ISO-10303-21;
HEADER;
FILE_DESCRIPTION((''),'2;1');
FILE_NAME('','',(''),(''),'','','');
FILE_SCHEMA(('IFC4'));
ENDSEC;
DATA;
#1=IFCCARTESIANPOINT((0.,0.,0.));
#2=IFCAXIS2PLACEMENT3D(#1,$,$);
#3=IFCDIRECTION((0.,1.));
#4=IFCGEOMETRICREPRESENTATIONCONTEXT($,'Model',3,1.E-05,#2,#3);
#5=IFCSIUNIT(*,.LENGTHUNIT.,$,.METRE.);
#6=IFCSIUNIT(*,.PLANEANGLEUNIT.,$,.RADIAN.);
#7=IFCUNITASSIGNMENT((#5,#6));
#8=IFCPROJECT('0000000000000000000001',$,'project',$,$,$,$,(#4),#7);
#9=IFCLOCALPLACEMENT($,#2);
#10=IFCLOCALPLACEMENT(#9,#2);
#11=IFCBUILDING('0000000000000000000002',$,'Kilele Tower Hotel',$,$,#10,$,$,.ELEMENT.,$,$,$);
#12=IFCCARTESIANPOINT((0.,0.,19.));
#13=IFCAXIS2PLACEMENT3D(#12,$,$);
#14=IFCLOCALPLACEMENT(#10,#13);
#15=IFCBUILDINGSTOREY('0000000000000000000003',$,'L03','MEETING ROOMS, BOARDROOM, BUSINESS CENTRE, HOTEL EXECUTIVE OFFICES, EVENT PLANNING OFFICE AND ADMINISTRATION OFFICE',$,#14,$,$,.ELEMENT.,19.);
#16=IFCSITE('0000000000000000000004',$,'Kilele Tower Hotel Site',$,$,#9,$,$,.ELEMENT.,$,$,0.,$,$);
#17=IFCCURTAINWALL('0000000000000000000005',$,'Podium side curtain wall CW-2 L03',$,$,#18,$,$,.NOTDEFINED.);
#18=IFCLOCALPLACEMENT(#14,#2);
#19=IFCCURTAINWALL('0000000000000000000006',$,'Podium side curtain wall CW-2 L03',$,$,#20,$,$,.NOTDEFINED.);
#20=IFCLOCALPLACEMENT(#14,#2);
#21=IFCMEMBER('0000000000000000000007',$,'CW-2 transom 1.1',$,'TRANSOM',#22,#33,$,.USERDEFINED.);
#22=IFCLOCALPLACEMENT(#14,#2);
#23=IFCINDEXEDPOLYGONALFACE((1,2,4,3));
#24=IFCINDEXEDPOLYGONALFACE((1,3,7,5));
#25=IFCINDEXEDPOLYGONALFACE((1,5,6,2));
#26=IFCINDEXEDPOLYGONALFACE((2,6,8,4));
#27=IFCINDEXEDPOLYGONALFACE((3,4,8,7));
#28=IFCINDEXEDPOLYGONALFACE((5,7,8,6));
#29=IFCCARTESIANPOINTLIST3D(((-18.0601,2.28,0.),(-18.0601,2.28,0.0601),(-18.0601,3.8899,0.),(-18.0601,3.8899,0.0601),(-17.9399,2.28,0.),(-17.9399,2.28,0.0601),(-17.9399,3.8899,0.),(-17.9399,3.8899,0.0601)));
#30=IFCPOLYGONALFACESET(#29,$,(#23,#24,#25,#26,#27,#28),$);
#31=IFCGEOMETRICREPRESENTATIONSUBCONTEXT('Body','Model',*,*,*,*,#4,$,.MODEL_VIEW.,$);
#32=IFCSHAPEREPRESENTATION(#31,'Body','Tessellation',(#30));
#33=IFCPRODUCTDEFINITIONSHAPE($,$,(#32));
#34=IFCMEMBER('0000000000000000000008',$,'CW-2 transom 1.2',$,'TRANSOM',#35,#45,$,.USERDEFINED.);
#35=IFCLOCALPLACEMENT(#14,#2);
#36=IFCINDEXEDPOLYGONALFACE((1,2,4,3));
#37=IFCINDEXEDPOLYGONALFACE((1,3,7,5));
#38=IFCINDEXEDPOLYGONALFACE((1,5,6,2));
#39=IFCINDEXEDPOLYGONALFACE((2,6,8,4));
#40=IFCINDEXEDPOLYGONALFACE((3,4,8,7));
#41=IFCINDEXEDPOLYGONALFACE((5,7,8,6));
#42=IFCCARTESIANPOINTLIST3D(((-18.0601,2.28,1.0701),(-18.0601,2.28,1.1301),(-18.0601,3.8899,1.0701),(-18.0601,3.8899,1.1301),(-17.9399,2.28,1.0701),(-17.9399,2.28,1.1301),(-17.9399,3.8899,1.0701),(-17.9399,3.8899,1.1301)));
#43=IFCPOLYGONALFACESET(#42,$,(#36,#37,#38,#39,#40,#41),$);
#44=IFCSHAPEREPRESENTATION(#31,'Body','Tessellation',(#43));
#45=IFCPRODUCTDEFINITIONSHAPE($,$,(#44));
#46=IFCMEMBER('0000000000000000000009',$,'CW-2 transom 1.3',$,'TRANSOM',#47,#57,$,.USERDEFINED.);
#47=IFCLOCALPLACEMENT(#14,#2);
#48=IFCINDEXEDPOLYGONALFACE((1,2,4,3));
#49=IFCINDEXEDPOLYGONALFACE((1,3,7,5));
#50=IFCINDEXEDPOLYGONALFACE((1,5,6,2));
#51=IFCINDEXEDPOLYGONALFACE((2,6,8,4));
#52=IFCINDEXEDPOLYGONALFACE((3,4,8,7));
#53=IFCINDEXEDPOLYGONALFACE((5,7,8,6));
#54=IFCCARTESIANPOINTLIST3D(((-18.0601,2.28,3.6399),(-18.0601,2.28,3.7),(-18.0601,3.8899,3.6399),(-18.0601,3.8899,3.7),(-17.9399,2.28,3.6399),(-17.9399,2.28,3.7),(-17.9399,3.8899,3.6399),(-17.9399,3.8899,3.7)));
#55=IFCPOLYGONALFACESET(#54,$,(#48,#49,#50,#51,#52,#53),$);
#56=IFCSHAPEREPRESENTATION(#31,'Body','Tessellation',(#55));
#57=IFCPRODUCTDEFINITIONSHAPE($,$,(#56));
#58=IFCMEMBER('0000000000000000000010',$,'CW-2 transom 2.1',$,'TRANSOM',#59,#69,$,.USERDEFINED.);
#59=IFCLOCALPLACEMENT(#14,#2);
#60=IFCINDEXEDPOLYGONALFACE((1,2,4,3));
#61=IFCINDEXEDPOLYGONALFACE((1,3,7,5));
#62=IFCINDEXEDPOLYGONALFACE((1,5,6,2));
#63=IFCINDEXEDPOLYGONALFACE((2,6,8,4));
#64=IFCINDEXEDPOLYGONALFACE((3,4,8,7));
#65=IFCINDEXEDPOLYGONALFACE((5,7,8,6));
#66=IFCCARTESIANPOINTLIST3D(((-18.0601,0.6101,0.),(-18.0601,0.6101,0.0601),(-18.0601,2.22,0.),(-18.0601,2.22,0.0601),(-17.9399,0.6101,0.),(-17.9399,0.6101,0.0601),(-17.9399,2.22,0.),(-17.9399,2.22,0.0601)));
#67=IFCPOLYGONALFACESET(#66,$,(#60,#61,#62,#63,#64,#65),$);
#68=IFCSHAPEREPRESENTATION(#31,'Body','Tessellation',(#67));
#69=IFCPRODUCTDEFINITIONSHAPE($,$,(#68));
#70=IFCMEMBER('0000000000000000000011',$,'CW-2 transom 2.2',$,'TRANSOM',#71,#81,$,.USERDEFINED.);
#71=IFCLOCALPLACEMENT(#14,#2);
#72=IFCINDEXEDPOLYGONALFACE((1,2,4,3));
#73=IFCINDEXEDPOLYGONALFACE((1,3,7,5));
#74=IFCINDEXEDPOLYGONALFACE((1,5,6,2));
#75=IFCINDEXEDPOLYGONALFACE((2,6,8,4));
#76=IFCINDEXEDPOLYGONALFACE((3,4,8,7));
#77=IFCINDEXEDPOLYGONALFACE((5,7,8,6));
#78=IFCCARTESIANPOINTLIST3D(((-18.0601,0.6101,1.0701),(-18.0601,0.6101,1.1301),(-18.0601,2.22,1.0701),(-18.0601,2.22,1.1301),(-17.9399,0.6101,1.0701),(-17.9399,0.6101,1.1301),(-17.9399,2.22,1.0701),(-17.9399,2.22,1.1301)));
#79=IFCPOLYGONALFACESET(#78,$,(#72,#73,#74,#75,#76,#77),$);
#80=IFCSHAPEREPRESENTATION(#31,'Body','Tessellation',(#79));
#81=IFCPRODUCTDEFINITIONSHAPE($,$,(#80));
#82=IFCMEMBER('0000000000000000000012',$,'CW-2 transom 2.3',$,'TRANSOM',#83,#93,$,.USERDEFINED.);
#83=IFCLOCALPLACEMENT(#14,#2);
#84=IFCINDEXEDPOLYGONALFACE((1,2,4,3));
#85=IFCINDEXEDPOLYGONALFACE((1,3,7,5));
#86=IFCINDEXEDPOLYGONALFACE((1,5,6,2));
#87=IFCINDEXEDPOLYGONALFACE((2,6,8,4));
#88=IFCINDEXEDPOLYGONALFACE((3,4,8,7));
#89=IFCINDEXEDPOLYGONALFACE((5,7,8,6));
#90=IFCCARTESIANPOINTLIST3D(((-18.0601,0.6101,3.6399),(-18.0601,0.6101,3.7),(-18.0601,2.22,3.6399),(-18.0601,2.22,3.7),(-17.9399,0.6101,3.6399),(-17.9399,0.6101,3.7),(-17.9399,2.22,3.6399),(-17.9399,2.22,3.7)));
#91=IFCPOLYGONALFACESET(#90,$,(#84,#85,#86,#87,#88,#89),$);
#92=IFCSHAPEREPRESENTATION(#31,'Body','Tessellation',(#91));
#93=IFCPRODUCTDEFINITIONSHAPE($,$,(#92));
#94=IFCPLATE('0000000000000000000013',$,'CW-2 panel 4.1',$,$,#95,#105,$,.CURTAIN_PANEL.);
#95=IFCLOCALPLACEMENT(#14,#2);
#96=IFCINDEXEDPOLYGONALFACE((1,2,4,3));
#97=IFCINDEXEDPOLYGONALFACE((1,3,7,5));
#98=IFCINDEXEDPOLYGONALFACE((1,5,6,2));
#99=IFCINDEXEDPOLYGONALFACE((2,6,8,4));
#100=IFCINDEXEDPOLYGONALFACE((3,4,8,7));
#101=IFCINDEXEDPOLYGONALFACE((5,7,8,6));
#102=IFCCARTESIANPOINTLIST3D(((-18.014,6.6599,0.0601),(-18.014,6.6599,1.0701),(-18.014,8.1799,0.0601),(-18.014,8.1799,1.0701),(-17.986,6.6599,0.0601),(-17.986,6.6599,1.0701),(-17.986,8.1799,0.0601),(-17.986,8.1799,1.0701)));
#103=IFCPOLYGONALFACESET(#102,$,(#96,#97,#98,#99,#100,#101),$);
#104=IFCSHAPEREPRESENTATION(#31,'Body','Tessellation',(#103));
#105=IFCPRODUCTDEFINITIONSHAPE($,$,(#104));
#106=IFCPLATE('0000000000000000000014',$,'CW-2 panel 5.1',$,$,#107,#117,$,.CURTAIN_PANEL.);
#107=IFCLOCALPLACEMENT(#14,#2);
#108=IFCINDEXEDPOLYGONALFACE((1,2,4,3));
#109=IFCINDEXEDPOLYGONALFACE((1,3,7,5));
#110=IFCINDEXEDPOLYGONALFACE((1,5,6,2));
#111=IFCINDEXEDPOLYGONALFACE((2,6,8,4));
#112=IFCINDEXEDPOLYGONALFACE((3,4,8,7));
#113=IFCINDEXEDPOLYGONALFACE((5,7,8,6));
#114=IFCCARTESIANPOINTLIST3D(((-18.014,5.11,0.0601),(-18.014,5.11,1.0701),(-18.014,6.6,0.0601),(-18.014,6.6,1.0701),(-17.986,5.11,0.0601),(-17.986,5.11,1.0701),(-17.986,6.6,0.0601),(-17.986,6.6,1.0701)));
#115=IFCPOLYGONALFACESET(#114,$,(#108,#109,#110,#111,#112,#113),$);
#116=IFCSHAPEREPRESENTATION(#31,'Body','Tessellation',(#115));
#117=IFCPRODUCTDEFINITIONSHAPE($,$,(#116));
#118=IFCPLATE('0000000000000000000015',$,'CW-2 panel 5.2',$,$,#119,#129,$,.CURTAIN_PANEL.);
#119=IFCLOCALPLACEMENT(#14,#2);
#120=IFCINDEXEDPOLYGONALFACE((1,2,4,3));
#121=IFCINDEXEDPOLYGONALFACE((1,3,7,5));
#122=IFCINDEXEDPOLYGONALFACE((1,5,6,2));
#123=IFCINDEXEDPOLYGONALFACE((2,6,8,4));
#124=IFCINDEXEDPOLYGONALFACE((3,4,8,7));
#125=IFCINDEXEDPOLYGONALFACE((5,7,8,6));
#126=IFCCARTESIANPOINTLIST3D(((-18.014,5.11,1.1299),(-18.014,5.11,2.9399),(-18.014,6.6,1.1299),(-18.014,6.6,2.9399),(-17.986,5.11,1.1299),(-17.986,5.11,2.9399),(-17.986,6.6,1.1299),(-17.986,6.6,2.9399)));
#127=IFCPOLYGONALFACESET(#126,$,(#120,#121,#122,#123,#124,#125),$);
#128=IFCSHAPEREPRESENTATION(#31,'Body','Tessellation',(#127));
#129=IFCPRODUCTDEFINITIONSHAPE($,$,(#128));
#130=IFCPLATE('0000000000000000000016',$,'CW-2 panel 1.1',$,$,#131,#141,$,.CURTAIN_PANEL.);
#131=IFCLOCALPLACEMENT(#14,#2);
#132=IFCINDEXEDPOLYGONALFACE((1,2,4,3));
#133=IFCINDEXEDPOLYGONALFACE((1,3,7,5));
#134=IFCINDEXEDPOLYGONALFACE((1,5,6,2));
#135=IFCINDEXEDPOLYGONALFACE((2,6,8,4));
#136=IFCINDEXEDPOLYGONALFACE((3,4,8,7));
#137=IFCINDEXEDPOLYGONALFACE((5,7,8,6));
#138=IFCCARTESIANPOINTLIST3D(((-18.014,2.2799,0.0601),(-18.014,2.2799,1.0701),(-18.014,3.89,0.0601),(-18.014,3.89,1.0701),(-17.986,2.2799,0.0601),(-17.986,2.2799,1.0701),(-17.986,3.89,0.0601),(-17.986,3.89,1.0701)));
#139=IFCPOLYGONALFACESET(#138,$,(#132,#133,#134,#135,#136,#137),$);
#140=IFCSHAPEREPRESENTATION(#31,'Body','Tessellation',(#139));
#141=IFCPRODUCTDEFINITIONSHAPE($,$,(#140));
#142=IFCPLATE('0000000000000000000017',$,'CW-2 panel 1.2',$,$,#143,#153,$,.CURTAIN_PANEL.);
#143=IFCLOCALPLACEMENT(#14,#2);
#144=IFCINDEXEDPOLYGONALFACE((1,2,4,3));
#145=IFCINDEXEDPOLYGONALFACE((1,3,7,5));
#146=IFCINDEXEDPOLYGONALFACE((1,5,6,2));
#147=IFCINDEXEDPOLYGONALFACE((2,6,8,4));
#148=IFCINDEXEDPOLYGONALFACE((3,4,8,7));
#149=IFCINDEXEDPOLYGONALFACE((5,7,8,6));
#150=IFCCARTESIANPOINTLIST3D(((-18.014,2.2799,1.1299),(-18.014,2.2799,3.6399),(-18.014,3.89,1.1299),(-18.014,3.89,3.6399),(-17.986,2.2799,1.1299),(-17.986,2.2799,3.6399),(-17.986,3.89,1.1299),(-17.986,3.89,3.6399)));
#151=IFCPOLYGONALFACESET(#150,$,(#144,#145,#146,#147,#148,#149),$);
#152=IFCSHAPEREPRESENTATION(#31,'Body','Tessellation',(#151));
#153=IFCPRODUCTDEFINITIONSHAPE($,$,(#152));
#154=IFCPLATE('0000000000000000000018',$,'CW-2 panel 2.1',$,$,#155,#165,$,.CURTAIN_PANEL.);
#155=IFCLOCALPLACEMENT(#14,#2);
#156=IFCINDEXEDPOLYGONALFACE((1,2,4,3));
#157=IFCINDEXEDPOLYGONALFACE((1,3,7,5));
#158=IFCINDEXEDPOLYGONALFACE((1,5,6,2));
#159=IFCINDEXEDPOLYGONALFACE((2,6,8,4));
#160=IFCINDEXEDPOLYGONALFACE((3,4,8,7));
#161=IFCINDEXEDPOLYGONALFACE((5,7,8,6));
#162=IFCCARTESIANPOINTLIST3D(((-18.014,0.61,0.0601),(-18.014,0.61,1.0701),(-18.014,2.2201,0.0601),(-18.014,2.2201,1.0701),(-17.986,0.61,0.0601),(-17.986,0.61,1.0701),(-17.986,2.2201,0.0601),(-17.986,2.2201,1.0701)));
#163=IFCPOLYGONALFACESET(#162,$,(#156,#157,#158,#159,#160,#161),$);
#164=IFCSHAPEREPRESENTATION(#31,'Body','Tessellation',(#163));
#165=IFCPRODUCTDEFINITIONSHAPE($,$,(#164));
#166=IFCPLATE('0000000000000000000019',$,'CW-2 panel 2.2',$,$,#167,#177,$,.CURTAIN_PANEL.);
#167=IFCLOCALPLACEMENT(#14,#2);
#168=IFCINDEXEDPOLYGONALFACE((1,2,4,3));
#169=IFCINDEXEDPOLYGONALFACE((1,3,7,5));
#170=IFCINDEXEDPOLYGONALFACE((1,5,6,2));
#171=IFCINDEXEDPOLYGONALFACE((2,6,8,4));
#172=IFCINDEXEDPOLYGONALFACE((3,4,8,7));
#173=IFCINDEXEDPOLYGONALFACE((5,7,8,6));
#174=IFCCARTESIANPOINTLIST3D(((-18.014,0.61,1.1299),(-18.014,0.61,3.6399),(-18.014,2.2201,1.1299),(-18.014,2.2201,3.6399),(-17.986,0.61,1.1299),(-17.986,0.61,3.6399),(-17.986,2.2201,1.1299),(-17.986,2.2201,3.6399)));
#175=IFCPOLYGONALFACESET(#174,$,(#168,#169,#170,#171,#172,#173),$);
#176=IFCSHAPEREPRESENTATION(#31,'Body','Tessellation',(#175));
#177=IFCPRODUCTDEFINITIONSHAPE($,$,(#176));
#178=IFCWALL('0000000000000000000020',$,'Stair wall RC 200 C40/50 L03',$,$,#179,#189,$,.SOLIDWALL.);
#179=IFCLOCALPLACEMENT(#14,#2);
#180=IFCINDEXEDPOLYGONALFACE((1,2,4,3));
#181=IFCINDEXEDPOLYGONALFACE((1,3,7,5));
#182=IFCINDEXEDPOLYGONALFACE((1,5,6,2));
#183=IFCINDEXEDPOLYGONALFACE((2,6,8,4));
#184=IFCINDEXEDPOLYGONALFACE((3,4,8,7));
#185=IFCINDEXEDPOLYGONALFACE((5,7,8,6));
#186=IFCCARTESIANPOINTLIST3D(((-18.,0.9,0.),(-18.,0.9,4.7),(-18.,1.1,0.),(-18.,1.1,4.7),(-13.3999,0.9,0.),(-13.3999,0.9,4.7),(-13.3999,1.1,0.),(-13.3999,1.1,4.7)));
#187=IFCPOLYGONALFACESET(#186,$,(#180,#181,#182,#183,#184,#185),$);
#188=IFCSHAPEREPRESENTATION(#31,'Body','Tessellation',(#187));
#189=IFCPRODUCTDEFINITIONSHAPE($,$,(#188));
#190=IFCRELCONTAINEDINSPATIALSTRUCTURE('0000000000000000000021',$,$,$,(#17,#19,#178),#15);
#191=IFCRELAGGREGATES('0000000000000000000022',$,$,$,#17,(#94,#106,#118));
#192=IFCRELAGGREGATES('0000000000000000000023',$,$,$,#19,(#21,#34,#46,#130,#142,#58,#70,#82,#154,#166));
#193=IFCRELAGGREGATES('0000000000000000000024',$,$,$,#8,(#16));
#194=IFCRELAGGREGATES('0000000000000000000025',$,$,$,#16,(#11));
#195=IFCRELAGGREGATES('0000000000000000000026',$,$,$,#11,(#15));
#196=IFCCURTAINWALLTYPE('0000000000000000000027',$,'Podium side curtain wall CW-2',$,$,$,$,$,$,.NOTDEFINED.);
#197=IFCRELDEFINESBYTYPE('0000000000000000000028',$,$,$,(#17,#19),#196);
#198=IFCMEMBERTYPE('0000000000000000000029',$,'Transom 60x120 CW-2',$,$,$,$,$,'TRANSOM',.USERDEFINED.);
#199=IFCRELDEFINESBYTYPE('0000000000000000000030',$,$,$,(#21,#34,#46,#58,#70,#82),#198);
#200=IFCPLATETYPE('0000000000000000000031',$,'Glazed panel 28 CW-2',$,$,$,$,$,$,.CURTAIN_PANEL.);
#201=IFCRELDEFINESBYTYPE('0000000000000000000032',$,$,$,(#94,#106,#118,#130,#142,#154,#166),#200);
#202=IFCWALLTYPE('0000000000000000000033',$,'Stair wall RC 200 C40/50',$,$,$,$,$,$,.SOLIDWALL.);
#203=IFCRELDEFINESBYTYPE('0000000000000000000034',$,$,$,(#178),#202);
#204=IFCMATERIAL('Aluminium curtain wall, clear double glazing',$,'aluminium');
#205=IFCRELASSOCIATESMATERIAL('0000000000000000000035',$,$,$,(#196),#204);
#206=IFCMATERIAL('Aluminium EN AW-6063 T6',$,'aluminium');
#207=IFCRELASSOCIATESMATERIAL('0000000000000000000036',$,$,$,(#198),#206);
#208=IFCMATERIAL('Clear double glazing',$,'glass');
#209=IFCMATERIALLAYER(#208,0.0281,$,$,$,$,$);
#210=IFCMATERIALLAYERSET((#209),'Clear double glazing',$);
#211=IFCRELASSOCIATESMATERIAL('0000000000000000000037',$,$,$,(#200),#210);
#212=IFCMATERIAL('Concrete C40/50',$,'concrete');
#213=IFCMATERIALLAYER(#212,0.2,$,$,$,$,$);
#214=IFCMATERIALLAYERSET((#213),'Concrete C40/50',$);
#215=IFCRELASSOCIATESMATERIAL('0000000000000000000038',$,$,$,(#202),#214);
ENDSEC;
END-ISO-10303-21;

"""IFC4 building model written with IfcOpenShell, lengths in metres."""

from ifc_helpers import new_model, si_unit, direction, frame, frame_2d, origin, origin_2d, place, context, subcontext, project, spatial, rectangle, extrude, material, layer, layer_set, material_profile, profile_set, type_object, element, aggregate, save


model = new_model("IFC4")

# Units and contexts
model_context = context("Model", 3, precision=1e-05, world=origin(), true_north=direction((0.0, 1.0)))
body_context = subcontext(model_context, "Body", "Model", "MODEL_VIEW")
ifc_project = project(units=[si_unit("LENGTHUNIT", "METRE"), si_unit("PLANEANGLEUNIT", "RADIAN")], contexts=[model_context])

# Site, building, storey
site_placement = place(None, origin())
site = spatial("IfcSite", under=ifc_project, at=site_placement, Name="Kilele Tower Hotel Site", CompositionType="ELEMENT", RefElevation=0.0)
building_placement = place(site_placement, origin())
building = spatial("IfcBuilding", under=site, at=building_placement, Name="Kilele Tower Hotel", CompositionType="ELEMENT")
storey_placement = place(building_placement, frame((0.0, 0.0, 19.0)))
storey = spatial("IfcBuildingStorey", under=building, at=storey_placement, Name="L03", Description="MEETING ROOMS, BOARDROOM, BUSINESS CENTRE, HOTEL EXECUTIVE OFFICES, EVENT PLANNING OFFICE AND ADMINISTRATION OFFICE", CompositionType="ELEMENT", Elevation=19.0)

# Curtain walls
ifc_material_1 = material(Name="Aluminium curtain wall, clear double glazing", Category="aluminium")
curtain_wall_type = type_object("IfcCurtainWallType", Name="Podium side curtain wall CW-2", PredefinedType="NOTDEFINED", material=ifc_material_1)
curtain_wall_1_placement = place(storey_placement, origin())
curtain_wall_1 = element("IfcCurtainWall", 1, at=curtain_wall_1_placement, inside=storey, type_object=curtain_wall_type, Name="Podium side curtain wall CW-2 L03", PredefinedType="NOTDEFINED")
curtain_wall_2_placement = place(storey_placement, origin())
curtain_wall_2 = element("IfcCurtainWall", 2, at=curtain_wall_2_placement, inside=storey, type_object=curtain_wall_type, Name="Podium side curtain wall CW-2 L03", PredefinedType="NOTDEFINED")

# Members
ifc_material_2 = material(Name="Aluminium EN AW-6063 T6", Category="aluminium")
ifc_material_profile_1 = material_profile(ifc_material_2, rectangle(XDim=0.1201, YDim=0.0601, at=origin_2d()))
ifc_profile_set_1 = profile_set([ifc_material_profile_1], Name="Aluminium EN AW-6063 T6")
member_type_1 = type_object("IfcMemberType", Name="Transom 60x120 CW-2", ElementType="TRANSOM", PredefinedType="USERDEFINED", material=ifc_profile_set_1)
member_1_placement = place(storey_placement, frame((-18.0, 3.8899, 0.03), z_axis=(0.0, -1.0, 0.0), x_axis=(1.0, 0.0, 0.0)))
member_1 = element("IfcMember", 3, at=member_1_placement, type_object=member_type_1, Name="CW-2 transom 1.1", ObjectType="TRANSOM", PredefinedType="USERDEFINED", context=body_context, shape_type="SweptSolid", body=[
    extrude(rectangle(XDim=0.1201, YDim=0.0601, at=origin_2d()), origin(), (0.0, 0.0, 1.0), 1.6099),
])
member_2_placement = place(storey_placement, frame((-18.0, 3.8899, 1.1001), z_axis=(0.0, -1.0, 0.0), x_axis=(1.0, 0.0, 0.0)))
member_2 = element("IfcMember", 4, at=member_2_placement, type_object=member_type_1, Name="CW-2 transom 1.2", ObjectType="TRANSOM", PredefinedType="USERDEFINED", context=body_context, shape_type="SweptSolid", body=[
    extrude(rectangle(XDim=0.1201, YDim=0.0601, at=origin_2d()), origin(), (0.0, 0.0, 1.0), 1.6099),
])
member_3_placement = place(storey_placement, frame((-18.0, 3.8899, 3.6699), z_axis=(0.0, -1.0, 0.0), x_axis=(1.0, 0.0, 0.0)))
member_3 = element("IfcMember", 5, at=member_3_placement, type_object=member_type_1, Name="CW-2 transom 1.3", ObjectType="TRANSOM", PredefinedType="USERDEFINED", context=body_context, shape_type="SweptSolid", body=[
    extrude(rectangle(XDim=0.1201, YDim=0.0601, at=origin_2d()), origin(), (0.0, 0.0, 1.0), 1.6099),
])
member_4_placement = place(storey_placement, frame((-18.0, 2.22, 0.03), z_axis=(0.0, -1.0, 0.0), x_axis=(1.0, 0.0, 0.0)))
member_4 = element("IfcMember", 6, at=member_4_placement, type_object=member_type_1, Name="CW-2 transom 2.1", ObjectType="TRANSOM", PredefinedType="USERDEFINED", context=body_context, shape_type="SweptSolid", body=[
    extrude(rectangle(XDim=0.1201, YDim=0.0601, at=origin_2d()), origin(), (0.0, 0.0, 1.0), 1.6099),
])
member_5_placement = place(storey_placement, frame((-18.0, 2.22, 1.1001), z_axis=(0.0, -1.0, 0.0), x_axis=(1.0, 0.0, 0.0)))
member_5 = element("IfcMember", 7, at=member_5_placement, type_object=member_type_1, Name="CW-2 transom 2.2", ObjectType="TRANSOM", PredefinedType="USERDEFINED", context=body_context, shape_type="SweptSolid", body=[
    extrude(rectangle(XDim=0.1201, YDim=0.0601, at=origin_2d()), origin(), (0.0, 0.0, 1.0), 1.6099),
])
member_6_placement = place(storey_placement, frame((-18.0, 2.22, 3.6699), z_axis=(0.0, -1.0, 0.0), x_axis=(1.0, 0.0, 0.0)))
member_6 = element("IfcMember", 8, at=member_6_placement, type_object=member_type_1, Name="CW-2 transom 2.3", ObjectType="TRANSOM", PredefinedType="USERDEFINED", context=body_context, shape_type="SweptSolid", body=[
    extrude(rectangle(XDim=0.1201, YDim=0.0601, at=origin_2d()), origin(), (0.0, 0.0, 1.0), 1.6099),
])

# Plates
ifc_material_3 = material(Name="Clear double glazing", Category="glass")
ifc_layer_1 = layer(ifc_material_3, 0.0281)
ifc_layer_set_1 = layer_set([ifc_layer_1], Name="Clear double glazing")
plate_type = type_object("IfcPlateType", Name="Glazed panel 28 CW-2", PredefinedType="CURTAIN_PANEL", material=ifc_layer_set_1)
plate_1_placement = place(storey_placement, frame((-18.0, 7.4199, 0.0601), z_axis=(0.0, 0.0, 1.0), x_axis=(0.0, -1.0, 0.0)))
plate_1 = element("IfcPlate", 9, at=plate_1_placement, type_object=plate_type, Name="CW-2 panel 4.1", PredefinedType="CURTAIN_PANEL", context=body_context, shape_type="SweptSolid", body=[
    extrude(rectangle(XDim=1.52, YDim=0.0281, at=origin_2d()), origin(), (0.0, 0.0, 1.0), 1.01),
])
plate_2_placement = place(storey_placement, frame((-18.0, 5.855, 0.0601), z_axis=(0.0, 0.0, 1.0), x_axis=(0.0, -1.0, 0.0)))
plate_2 = element("IfcPlate", 10, at=plate_2_placement, type_object=plate_type, Name="CW-2 panel 5.1", PredefinedType="CURTAIN_PANEL", context=body_context, shape_type="SweptSolid", body=[
    extrude(rectangle(XDim=1.49, YDim=0.0281, at=origin_2d()), origin(), (0.0, 0.0, 1.0), 1.01),
])
plate_3_placement = place(storey_placement, frame((-18.0, 5.855, 1.1299), z_axis=(0.0, 0.0, 1.0), x_axis=(0.0, -1.0, 0.0)))
plate_3 = element("IfcPlate", 11, at=plate_3_placement, type_object=plate_type, Name="CW-2 panel 5.2", PredefinedType="CURTAIN_PANEL", context=body_context, shape_type="SweptSolid", body=[
    extrude(rectangle(XDim=1.49, YDim=0.0281, at=origin_2d()), origin(), (0.0, 0.0, 1.0), 1.8101),
])
aggregate(curtain_wall_1, [plate_1, plate_2, plate_3])
plate_4_placement = place(storey_placement, frame((-18.0, 3.085, 0.0601), z_axis=(0.0, 0.0, 1.0), x_axis=(0.0, -1.0, 0.0)))
plate_4 = element("IfcPlate", 12, at=plate_4_placement, type_object=plate_type, Name="CW-2 panel 1.1", PredefinedType="CURTAIN_PANEL", context=body_context, shape_type="SweptSolid", body=[
    extrude(rectangle(XDim=1.6101, YDim=0.0281, at=origin_2d()), origin(), (0.0, 0.0, 1.0), 1.01),
])
plate_5_placement = place(storey_placement, frame((-18.0, 3.085, 1.1299), z_axis=(0.0, 0.0, 1.0), x_axis=(0.0, -1.0, 0.0)))
plate_5 = element("IfcPlate", 13, at=plate_5_placement, type_object=plate_type, Name="CW-2 panel 1.2", PredefinedType="CURTAIN_PANEL", context=body_context, shape_type="SweptSolid", body=[
    extrude(rectangle(XDim=1.6101, YDim=0.0281, at=origin_2d()), origin(), (0.0, 0.0, 1.0), 2.51),
])
plate_6_placement = place(storey_placement, frame((-18.0, 1.415, 0.0601), z_axis=(0.0, 0.0, 1.0), x_axis=(0.0, -1.0, 0.0)))
plate_6 = element("IfcPlate", 14, at=plate_6_placement, type_object=plate_type, Name="CW-2 panel 2.1", PredefinedType="CURTAIN_PANEL", context=body_context, shape_type="SweptSolid", body=[
    extrude(rectangle(XDim=1.6101, YDim=0.0281, at=origin_2d()), origin(), (0.0, 0.0, 1.0), 1.01),
])
plate_7_placement = place(storey_placement, frame((-18.0, 1.415, 1.1299), z_axis=(0.0, 0.0, 1.0), x_axis=(0.0, -1.0, 0.0)))
plate_7 = element("IfcPlate", 15, at=plate_7_placement, type_object=plate_type, Name="CW-2 panel 2.2", PredefinedType="CURTAIN_PANEL", context=body_context, shape_type="SweptSolid", body=[
    extrude(rectangle(XDim=1.6101, YDim=0.0281, at=origin_2d()), origin(), (0.0, 0.0, 1.0), 2.51),
])
aggregate(curtain_wall_2, [member_1, member_2, member_3, plate_4, plate_5, member_4, member_5, member_6, plate_6, plate_7])

# Wall
ifc_material_4 = material(Name="Concrete C40/50", Category="concrete")
ifc_layer_2 = layer(ifc_material_4, 0.2)
ifc_layer_set_2 = layer_set([ifc_layer_2], Name="Concrete C40/50")
wall_type = type_object("IfcWallType", Name="Stair wall RC 200 C40/50", PredefinedType="SOLIDWALL", material=ifc_layer_set_2)
wall_placement = place(storey_placement, frame((-18.0, 1.0, 0.0), z_axis=(0.0, 0.0, 1.0), x_axis=(1.0, 0.0, 0.0)))
element("IfcWall", 16, at=wall_placement, inside=storey, type_object=wall_type, Name="Stair wall RC 200 C40/50 L03", PredefinedType="SOLIDWALL", context=body_context, shape_type="SweptSolid", body=[
    extrude(rectangle(XDim=4.6001, YDim=0.2, at=frame_2d((2.3, 0.0))), origin(), (0.0, 0.0, 1.0), 4.7),
])

save(model, "model.ifc")
